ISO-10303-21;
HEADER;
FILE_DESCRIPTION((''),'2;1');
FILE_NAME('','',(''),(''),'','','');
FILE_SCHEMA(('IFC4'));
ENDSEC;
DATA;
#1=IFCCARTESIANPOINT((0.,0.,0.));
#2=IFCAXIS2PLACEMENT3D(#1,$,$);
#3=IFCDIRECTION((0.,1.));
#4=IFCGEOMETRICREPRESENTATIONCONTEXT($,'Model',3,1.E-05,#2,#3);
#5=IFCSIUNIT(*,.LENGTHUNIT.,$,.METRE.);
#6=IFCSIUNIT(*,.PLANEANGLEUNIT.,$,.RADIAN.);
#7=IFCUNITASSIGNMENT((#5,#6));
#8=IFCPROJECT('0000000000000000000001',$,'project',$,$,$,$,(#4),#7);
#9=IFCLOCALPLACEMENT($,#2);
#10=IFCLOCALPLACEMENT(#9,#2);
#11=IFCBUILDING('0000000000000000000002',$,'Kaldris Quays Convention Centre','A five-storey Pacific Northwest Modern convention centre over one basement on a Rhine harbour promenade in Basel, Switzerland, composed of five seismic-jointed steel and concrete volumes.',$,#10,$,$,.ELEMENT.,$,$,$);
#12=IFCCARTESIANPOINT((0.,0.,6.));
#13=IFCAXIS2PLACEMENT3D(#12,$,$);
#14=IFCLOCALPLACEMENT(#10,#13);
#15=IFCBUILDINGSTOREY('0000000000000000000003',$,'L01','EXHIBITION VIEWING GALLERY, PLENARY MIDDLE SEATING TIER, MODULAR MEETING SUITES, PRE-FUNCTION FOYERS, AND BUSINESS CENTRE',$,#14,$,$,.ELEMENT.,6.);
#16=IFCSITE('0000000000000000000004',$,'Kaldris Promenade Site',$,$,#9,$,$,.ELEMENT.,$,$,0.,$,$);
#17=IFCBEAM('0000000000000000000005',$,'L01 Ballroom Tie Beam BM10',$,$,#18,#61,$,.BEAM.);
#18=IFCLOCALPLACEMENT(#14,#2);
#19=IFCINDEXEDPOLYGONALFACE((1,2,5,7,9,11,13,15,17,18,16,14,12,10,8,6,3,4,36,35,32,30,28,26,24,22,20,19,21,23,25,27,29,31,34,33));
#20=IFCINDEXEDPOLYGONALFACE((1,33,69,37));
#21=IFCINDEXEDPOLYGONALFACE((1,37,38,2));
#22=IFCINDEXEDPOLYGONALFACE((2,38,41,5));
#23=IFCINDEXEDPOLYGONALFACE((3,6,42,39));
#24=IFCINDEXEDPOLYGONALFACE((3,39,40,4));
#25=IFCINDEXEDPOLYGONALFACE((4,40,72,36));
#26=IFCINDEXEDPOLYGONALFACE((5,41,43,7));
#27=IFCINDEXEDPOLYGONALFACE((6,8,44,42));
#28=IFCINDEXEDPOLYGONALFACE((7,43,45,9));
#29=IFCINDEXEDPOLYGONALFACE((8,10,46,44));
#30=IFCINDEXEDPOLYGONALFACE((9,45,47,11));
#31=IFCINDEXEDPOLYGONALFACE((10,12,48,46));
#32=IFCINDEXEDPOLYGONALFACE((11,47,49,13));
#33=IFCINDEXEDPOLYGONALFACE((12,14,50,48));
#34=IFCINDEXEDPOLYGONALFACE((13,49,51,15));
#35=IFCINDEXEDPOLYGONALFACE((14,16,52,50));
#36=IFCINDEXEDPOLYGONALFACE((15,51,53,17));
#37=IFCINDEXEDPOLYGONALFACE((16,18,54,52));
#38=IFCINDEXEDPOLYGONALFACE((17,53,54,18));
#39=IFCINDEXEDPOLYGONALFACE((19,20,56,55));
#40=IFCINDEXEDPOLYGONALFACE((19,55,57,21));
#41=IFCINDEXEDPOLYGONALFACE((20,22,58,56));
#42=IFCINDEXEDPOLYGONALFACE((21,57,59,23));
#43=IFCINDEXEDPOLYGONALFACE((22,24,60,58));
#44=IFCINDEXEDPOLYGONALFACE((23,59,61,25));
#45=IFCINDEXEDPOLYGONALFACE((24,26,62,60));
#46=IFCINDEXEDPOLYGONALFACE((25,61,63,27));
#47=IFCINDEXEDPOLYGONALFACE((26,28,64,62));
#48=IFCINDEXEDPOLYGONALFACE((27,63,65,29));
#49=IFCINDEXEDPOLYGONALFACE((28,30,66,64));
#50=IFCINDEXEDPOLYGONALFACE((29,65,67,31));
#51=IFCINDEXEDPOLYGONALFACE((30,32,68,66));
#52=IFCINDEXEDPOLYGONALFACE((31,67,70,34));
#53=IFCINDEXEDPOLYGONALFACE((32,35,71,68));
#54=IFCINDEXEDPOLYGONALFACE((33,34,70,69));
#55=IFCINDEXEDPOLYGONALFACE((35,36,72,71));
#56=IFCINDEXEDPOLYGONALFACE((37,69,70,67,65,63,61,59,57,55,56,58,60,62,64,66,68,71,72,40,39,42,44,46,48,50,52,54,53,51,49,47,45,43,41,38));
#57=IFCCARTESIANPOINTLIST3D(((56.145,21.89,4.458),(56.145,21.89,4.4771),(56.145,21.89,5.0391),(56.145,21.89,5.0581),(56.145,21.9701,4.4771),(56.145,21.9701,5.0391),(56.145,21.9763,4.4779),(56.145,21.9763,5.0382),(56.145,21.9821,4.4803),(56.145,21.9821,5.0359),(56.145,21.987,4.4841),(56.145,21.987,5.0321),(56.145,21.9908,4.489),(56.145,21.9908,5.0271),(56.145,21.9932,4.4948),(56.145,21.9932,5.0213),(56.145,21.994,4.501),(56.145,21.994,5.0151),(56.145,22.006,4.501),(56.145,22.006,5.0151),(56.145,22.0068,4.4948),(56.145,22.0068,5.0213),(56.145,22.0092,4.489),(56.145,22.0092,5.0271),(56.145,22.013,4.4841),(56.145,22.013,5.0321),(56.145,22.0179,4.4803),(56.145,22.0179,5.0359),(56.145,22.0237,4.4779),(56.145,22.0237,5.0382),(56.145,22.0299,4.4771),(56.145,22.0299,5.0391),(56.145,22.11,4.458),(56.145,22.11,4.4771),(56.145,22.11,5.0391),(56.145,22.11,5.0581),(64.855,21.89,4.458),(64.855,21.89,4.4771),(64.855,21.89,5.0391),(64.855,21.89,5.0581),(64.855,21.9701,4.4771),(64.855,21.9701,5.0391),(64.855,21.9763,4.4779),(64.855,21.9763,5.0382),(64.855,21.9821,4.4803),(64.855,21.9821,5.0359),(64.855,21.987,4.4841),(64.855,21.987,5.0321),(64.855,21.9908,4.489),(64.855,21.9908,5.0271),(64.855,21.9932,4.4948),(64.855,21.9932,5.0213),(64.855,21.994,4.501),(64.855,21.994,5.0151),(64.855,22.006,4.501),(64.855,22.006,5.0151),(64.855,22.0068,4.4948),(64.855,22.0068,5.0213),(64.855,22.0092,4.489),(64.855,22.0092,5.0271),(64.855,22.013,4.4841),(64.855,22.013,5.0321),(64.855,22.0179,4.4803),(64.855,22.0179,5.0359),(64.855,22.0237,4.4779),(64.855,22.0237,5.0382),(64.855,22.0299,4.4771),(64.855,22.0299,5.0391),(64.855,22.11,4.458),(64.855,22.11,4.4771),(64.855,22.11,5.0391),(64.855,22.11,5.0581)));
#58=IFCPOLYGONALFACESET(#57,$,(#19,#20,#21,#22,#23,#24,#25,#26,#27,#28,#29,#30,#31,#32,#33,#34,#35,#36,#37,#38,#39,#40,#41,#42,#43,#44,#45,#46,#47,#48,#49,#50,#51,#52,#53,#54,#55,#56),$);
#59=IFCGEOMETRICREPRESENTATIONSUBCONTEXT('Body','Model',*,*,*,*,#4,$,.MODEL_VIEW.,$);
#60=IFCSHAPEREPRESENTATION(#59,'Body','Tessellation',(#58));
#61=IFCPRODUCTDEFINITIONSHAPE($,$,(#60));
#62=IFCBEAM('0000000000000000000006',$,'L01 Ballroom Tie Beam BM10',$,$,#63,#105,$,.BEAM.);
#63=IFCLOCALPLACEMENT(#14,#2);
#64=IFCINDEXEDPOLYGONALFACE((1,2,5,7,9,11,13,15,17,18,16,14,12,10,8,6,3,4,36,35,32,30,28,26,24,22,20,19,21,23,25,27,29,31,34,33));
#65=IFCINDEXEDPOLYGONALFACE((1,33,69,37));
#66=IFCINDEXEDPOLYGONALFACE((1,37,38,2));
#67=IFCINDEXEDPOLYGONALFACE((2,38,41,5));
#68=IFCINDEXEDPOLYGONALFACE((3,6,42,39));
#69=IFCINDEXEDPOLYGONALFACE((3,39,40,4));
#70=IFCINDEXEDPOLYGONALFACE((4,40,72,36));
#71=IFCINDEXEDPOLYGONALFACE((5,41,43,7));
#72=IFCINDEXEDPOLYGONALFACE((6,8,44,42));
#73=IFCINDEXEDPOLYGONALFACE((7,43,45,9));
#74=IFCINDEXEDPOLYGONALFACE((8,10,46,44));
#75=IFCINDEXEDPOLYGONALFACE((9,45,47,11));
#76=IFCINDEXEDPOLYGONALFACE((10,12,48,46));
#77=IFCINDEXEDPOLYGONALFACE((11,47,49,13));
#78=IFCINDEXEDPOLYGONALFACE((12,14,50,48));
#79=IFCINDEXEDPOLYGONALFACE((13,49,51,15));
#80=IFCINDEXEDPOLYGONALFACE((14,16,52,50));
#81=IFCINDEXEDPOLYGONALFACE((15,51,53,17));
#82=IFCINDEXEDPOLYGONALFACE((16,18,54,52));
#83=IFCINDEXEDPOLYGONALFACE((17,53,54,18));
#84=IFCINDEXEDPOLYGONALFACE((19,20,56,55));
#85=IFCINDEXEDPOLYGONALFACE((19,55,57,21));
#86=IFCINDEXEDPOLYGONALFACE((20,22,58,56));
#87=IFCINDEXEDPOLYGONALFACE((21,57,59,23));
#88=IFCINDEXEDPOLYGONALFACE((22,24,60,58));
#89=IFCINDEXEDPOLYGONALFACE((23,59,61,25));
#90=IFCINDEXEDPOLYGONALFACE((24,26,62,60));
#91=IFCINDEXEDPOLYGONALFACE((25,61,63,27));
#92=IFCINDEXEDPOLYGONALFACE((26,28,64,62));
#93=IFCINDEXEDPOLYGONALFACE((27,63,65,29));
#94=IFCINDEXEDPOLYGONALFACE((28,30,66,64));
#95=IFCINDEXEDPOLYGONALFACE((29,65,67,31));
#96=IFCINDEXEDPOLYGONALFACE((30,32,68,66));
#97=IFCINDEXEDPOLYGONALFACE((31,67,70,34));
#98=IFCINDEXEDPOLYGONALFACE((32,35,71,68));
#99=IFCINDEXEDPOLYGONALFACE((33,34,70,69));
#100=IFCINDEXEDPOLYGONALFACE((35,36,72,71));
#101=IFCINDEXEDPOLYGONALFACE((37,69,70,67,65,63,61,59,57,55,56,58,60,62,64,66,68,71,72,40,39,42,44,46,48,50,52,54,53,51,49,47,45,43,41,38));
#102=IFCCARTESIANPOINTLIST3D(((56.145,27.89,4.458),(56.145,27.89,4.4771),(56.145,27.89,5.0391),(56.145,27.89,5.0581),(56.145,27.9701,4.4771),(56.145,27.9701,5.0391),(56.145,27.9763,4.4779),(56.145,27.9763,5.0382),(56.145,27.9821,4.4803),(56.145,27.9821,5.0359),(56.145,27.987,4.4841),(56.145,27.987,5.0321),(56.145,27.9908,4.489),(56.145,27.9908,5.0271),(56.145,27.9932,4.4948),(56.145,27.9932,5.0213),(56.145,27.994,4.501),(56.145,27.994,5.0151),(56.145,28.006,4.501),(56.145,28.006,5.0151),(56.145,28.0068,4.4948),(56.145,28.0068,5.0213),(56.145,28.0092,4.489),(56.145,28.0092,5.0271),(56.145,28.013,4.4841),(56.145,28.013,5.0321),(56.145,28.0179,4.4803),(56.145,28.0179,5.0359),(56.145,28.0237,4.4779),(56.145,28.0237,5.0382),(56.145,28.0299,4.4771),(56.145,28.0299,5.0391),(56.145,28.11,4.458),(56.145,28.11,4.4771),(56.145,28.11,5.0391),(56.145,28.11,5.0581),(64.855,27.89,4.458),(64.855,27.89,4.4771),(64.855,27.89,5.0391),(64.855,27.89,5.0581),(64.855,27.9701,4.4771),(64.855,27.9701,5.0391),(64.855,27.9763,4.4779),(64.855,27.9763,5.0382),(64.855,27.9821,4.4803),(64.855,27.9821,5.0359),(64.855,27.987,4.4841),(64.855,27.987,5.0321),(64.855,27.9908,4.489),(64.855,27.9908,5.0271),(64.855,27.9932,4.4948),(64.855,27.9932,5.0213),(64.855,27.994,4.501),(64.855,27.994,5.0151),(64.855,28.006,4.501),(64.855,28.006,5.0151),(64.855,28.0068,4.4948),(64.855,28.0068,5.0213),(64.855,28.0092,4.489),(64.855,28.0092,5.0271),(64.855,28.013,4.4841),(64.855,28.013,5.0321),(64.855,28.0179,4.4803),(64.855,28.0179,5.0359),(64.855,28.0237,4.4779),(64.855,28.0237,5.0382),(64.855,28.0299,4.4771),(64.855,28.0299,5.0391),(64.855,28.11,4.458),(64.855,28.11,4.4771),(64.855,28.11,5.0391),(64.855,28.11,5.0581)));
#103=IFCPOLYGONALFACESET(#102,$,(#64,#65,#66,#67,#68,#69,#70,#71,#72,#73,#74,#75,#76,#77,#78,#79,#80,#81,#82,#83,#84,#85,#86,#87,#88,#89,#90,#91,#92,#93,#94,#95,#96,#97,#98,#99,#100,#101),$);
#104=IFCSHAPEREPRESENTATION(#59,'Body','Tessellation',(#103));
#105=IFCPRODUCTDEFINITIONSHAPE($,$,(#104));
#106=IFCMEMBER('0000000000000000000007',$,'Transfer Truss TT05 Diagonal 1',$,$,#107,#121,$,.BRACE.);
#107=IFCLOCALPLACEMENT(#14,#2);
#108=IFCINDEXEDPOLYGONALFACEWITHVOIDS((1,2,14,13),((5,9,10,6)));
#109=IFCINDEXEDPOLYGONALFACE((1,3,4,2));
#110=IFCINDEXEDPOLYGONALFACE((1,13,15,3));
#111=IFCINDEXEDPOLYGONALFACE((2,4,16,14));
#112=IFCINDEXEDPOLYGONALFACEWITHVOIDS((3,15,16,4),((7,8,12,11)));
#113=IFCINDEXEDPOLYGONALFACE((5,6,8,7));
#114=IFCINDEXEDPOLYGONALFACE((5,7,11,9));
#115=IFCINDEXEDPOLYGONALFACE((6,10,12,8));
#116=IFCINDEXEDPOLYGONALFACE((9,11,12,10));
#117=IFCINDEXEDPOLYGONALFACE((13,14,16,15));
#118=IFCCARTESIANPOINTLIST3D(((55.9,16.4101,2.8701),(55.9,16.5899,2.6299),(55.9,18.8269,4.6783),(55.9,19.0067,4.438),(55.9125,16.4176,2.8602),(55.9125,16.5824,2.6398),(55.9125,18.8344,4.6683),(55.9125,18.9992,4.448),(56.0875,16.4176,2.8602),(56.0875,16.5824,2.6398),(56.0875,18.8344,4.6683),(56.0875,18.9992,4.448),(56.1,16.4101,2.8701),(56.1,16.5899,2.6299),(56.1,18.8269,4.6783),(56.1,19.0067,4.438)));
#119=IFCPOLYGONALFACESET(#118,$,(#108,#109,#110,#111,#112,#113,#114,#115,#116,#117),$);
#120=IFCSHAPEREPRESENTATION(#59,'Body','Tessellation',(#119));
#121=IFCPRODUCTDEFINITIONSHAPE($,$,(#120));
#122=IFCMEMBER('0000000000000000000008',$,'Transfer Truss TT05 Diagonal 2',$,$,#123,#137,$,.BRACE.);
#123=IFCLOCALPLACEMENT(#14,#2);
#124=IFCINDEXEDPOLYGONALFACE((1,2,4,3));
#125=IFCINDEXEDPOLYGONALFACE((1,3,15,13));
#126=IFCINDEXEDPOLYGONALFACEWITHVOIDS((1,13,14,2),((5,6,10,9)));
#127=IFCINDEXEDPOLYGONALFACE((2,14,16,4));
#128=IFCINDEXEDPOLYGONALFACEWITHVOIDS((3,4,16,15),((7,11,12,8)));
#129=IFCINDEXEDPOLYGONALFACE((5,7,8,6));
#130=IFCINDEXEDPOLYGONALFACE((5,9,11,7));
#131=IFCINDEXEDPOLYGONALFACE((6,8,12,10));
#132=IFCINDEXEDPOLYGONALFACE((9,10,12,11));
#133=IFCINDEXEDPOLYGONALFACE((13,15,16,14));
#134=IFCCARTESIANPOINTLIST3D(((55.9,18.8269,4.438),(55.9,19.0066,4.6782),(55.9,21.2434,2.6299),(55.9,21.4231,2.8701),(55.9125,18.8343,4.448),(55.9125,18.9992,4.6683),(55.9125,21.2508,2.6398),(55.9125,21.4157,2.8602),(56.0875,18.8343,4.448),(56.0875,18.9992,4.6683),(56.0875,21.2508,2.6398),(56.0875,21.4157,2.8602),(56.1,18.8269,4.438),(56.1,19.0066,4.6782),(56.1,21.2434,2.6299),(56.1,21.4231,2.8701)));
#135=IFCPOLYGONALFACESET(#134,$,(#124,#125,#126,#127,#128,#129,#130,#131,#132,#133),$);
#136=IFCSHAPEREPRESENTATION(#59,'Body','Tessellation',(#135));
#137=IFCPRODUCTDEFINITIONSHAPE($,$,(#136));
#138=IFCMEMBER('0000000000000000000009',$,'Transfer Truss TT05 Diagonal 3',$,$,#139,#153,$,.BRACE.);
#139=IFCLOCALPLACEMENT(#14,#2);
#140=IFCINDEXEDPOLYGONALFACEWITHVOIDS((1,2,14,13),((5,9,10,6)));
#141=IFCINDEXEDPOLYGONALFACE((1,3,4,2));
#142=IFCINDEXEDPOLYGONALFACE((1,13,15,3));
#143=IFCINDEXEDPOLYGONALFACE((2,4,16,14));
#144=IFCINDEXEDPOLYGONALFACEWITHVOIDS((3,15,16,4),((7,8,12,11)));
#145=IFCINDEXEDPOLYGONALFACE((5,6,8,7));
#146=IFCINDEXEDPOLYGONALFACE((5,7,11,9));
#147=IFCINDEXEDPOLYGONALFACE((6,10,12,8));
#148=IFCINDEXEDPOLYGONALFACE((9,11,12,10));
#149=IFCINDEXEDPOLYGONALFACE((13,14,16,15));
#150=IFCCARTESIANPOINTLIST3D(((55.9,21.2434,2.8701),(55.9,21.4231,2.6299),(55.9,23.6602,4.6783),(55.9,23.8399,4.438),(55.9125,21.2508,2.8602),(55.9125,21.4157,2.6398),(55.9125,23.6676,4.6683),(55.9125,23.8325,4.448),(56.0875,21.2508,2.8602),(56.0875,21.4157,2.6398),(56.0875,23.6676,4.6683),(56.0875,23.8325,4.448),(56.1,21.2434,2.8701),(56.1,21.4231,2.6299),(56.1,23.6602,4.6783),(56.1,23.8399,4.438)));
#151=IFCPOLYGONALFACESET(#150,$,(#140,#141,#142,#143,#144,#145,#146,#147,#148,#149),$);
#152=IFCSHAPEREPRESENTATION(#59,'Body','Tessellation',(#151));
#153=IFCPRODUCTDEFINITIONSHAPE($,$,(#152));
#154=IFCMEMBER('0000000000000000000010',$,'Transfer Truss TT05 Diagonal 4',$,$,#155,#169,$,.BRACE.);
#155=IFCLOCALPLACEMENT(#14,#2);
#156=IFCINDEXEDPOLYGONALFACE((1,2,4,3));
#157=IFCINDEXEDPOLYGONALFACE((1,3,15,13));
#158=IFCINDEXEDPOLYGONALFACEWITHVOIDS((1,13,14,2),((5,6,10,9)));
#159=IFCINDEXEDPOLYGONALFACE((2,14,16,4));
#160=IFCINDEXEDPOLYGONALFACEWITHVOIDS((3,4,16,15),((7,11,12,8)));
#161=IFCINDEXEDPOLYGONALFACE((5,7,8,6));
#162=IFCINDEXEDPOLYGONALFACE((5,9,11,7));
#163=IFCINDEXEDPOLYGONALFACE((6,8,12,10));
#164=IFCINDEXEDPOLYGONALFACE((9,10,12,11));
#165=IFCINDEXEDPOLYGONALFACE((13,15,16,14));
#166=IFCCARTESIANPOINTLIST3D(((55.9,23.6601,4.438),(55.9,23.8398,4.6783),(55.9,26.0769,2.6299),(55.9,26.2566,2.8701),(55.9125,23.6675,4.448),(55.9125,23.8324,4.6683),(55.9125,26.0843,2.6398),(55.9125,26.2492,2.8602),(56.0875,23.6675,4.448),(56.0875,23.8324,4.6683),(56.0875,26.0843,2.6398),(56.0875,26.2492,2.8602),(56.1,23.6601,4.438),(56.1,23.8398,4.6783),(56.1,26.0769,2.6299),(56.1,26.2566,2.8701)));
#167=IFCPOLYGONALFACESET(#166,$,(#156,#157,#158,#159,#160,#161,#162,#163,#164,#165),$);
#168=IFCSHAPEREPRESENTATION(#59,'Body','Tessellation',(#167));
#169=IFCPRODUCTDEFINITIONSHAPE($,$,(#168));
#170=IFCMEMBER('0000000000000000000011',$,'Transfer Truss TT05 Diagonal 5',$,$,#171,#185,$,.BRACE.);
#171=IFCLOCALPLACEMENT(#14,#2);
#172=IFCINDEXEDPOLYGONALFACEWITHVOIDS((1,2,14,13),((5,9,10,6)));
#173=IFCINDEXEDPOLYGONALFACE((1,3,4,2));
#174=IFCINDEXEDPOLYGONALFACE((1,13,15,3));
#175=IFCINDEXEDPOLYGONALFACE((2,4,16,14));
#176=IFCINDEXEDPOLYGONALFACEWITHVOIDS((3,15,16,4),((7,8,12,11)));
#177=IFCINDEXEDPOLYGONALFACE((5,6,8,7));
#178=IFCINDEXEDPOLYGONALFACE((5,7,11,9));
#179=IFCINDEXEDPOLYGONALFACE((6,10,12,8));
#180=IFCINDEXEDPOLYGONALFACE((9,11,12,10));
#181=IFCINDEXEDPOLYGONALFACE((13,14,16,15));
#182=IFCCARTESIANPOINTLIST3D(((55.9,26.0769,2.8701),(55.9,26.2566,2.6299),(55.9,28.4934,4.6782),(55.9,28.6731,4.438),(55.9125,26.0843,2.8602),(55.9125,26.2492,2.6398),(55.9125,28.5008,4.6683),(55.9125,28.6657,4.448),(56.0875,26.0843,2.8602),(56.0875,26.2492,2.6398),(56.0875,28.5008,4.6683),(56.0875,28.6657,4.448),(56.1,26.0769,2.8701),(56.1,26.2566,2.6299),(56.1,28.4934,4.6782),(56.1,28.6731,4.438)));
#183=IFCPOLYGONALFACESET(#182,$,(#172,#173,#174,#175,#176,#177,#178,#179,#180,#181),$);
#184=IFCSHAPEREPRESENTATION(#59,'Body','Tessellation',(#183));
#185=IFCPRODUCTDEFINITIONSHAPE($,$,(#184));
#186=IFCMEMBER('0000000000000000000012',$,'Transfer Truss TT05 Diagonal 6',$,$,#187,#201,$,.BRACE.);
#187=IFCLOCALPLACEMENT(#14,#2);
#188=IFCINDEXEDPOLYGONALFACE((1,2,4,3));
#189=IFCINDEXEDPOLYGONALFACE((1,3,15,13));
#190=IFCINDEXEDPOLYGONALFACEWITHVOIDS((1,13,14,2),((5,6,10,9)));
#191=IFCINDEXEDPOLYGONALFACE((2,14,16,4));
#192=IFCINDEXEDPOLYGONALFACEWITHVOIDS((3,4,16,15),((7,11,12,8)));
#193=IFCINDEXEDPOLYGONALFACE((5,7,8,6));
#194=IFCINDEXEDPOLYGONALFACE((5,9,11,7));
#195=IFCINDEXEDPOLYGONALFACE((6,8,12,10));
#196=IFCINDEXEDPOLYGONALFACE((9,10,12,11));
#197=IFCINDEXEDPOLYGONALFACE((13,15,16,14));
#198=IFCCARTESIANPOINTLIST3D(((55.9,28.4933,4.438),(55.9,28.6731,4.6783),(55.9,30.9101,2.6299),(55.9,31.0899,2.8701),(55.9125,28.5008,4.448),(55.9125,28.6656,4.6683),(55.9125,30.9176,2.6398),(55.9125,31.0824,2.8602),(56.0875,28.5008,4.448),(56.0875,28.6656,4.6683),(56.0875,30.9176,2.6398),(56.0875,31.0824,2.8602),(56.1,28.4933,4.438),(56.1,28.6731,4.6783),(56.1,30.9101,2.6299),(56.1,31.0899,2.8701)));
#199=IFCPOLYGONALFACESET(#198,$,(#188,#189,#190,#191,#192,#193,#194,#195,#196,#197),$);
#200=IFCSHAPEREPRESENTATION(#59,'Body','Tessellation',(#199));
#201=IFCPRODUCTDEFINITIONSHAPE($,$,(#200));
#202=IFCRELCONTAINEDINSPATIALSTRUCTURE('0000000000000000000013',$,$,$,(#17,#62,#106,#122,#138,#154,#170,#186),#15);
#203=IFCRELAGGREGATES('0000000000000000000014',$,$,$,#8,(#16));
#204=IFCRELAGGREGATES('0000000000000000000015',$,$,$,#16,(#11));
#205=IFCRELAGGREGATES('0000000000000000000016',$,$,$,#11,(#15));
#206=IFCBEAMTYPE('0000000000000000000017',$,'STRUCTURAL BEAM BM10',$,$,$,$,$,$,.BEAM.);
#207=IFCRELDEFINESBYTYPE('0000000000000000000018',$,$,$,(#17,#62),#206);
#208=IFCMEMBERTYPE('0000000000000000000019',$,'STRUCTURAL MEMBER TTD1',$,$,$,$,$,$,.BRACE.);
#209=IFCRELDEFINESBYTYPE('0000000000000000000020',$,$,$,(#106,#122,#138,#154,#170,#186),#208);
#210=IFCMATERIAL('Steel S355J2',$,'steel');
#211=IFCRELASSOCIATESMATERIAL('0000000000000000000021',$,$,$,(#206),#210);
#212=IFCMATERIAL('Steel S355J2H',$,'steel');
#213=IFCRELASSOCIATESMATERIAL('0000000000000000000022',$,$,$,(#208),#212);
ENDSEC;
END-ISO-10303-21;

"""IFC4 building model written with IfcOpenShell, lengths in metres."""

from ifc_helpers import new_model, si_unit, direction, frame, origin, origin_2d, place, context, subcontext, project, spatial, hollow_rectangle, i_section, extrude, material, material_profile, profile_set, type_object, element, save


model = new_model("IFC4")

# Units and contexts
model_context = context("Model", 3, precision=1e-05, world=origin(), true_north=direction((0.0, 1.0)))
body_context = subcontext(model_context, "Body", "Model", "MODEL_VIEW")
ifc_project = project(units=[si_unit("LENGTHUNIT", "METRE"), si_unit("PLANEANGLEUNIT", "RADIAN")], contexts=[model_context])

# Site, building, storey
site_placement = place(None, origin())
site = spatial("IfcSite", under=ifc_project, at=site_placement, Name="Kaldris Promenade Site", CompositionType="ELEMENT", RefElevation=0.0)
building_placement = place(site_placement, origin())
building = spatial("IfcBuilding", under=site, at=building_placement, Name="Kaldris Quays Convention Centre", Description="A five-storey Pacific Northwest Modern convention centre over one basement on a Rhine harbour promenade in Basel, Switzerland, composed of five seismic-jointed steel and concrete volumes.", CompositionType="ELEMENT")
storey_placement = place(building_placement, frame((0.0, 0.0, 6.0)))
storey = spatial("IfcBuildingStorey", under=building, at=storey_placement, Name="L01", Description="EXHIBITION VIEWING GALLERY, PLENARY MIDDLE SEATING TIER, MODULAR MEETING SUITES, PRE-FUNCTION FOYERS, AND BUSINESS CENTRE", CompositionType="ELEMENT", Elevation=6.0)

# Beams
ifc_material_1 = material(Name="Steel S355J2", Category="steel")
ifc_material_profile_1 = material_profile(ifc_material_1, i_section(OverallWidth=0.22, OverallDepth=0.6001, WebThickness=0.012, FlangeThickness=0.019, FilletRadius=0.0239, at=origin_2d()), Name="IPE 600")
ifc_profile_set_1 = profile_set([ifc_material_profile_1], Name="Steel S355J2")
beam_type_1 = type_object("IfcBeamType", Name="STRUCTURAL BEAM BM10", PredefinedType="BEAM", material=ifc_profile_set_1)
for number, where, z_axis, x_axis, name in (
    (1, (56.145, 22.0, 4.7581), (1.0, 0.0, 0.0), (0.0, 1.0, 0.0), "L01 Ballroom Tie Beam BM10"),
    (2, (56.145, 28.0, 4.7581), (1.0, 0.0, 0.0), (0.0, 1.0, 0.0), "L01 Ballroom Tie Beam BM10"),
):
    element("IfcBeam", number, at=place(storey_placement, frame(where, z_axis=z_axis, x_axis=x_axis)), inside=storey, type_object=beam_type_1, Name=name, PredefinedType="BEAM", context=body_context, shape_type="SweptSolid", body=[
        extrude(i_section(OverallWidth=0.22, OverallDepth=0.6001, WebThickness=0.012, FlangeThickness=0.019, FilletRadius=0.0239, at=origin_2d()), origin(), (0.0, 0.0, 1.0), 8.71),
    ])

# Members
ifc_material_2 = material(Name="Steel S355J2H", Category="steel")
ifc_material_profile_2 = material_profile(ifc_material_2, hollow_rectangle(XDim=0.2, YDim=0.3, WallThickness=0.0125, at=origin_2d()), Name="RHS 300x200x12.5")
ifc_profile_set_2 = profile_set([ifc_material_profile_2], Name="Steel S355J2H")
member_type_1 = type_object("IfcMemberType", Name="STRUCTURAL MEMBER TTD1", PredefinedType="BRACE", material=ifc_profile_set_2)
member_1_placement = place(storey_placement, frame((56.0, 16.5, 2.75), z_axis=(0.0, 0.800708, 0.599055), x_axis=(-1.0, 0.0, 0.0)))
element("IfcMember", 3, at=member_1_placement, inside=storey, type_object=member_type_1, Name="Transfer Truss TT05 Diagonal 1", PredefinedType="BRACE", context=body_context, shape_type="SweptSolid", body=[
    extrude(hollow_rectangle(XDim=0.2, YDim=0.3, WallThickness=0.0125, at=origin_2d()), origin(), (0.0, 0.0, 1.0), 3.0183),
])
member_2_placement = place(storey_placement, frame((56.0, 21.3333, 2.75), z_axis=(0.0, -0.800679, 0.599094), x_axis=(1.0, 0.0, 0.0)))
element("IfcMember", 4, at=member_2_placement, inside=storey, type_object=member_type_1, Name="Transfer Truss TT05 Diagonal 2", PredefinedType="BRACE", context=body_context, shape_type="SweptSolid", body=[
    extrude(hollow_rectangle(XDim=0.2, YDim=0.3, WallThickness=0.0125, at=origin_2d()), origin(), (0.0, 0.0, 1.0), 3.0181),
])
for number, where, z_axis, x_axis, name in (
    (5, (56.0, 21.3333, 2.75), (0.0, 0.800708, 0.599055), (-1.0, 0.0, 0.0), "Transfer Truss TT05 Diagonal 3"),
    (6, (56.0, 26.1667, 2.75), (0.0, -0.800708, 0.599055), (1.0, 0.0, 0.0), "Transfer Truss TT05 Diagonal 4"),
):
    element("IfcMember", number, at=place(storey_placement, frame(where, z_axis=z_axis, x_axis=x_axis)), inside=storey, type_object=member_type_1, Name=name, PredefinedType="BRACE", context=body_context, shape_type="SweptSolid", body=[
        extrude(hollow_rectangle(XDim=0.2, YDim=0.3, WallThickness=0.0125, at=origin_2d()), origin(), (0.0, 0.0, 1.0), 3.0183),
    ])
member_3_placement = place(storey_placement, frame((56.0, 26.1667, 2.75), z_axis=(0.0, 0.800679, 0.599094), x_axis=(-1.0, 0.0, 0.0)))
element("IfcMember", 7, at=member_3_placement, inside=storey, type_object=member_type_1, Name="Transfer Truss TT05 Diagonal 5", PredefinedType="BRACE", context=body_context, shape_type="SweptSolid", body=[
    extrude(hollow_rectangle(XDim=0.2, YDim=0.3, WallThickness=0.0125, at=origin_2d()), origin(), (0.0, 0.0, 1.0), 3.0181),
])
for number, where, z_axis, x_axis, name in (
    (8, (56.0, 31.0, 2.75), (0.0, -0.800708, 0.599055), (1.0, 0.0, 0.0), "Transfer Truss TT05 Diagonal 6"),
):
    element("IfcMember", number, at=place(storey_placement, frame(where, z_axis=z_axis, x_axis=x_axis)), inside=storey, type_object=member_type_1, Name=name, PredefinedType="BRACE", context=body_context, shape_type="SweptSolid", body=[
        extrude(hollow_rectangle(XDim=0.2, YDim=0.3, WallThickness=0.0125, at=origin_2d()), origin(), (0.0, 0.0, 1.0), 3.0183),
    ])

save(model, "model.ifc")
